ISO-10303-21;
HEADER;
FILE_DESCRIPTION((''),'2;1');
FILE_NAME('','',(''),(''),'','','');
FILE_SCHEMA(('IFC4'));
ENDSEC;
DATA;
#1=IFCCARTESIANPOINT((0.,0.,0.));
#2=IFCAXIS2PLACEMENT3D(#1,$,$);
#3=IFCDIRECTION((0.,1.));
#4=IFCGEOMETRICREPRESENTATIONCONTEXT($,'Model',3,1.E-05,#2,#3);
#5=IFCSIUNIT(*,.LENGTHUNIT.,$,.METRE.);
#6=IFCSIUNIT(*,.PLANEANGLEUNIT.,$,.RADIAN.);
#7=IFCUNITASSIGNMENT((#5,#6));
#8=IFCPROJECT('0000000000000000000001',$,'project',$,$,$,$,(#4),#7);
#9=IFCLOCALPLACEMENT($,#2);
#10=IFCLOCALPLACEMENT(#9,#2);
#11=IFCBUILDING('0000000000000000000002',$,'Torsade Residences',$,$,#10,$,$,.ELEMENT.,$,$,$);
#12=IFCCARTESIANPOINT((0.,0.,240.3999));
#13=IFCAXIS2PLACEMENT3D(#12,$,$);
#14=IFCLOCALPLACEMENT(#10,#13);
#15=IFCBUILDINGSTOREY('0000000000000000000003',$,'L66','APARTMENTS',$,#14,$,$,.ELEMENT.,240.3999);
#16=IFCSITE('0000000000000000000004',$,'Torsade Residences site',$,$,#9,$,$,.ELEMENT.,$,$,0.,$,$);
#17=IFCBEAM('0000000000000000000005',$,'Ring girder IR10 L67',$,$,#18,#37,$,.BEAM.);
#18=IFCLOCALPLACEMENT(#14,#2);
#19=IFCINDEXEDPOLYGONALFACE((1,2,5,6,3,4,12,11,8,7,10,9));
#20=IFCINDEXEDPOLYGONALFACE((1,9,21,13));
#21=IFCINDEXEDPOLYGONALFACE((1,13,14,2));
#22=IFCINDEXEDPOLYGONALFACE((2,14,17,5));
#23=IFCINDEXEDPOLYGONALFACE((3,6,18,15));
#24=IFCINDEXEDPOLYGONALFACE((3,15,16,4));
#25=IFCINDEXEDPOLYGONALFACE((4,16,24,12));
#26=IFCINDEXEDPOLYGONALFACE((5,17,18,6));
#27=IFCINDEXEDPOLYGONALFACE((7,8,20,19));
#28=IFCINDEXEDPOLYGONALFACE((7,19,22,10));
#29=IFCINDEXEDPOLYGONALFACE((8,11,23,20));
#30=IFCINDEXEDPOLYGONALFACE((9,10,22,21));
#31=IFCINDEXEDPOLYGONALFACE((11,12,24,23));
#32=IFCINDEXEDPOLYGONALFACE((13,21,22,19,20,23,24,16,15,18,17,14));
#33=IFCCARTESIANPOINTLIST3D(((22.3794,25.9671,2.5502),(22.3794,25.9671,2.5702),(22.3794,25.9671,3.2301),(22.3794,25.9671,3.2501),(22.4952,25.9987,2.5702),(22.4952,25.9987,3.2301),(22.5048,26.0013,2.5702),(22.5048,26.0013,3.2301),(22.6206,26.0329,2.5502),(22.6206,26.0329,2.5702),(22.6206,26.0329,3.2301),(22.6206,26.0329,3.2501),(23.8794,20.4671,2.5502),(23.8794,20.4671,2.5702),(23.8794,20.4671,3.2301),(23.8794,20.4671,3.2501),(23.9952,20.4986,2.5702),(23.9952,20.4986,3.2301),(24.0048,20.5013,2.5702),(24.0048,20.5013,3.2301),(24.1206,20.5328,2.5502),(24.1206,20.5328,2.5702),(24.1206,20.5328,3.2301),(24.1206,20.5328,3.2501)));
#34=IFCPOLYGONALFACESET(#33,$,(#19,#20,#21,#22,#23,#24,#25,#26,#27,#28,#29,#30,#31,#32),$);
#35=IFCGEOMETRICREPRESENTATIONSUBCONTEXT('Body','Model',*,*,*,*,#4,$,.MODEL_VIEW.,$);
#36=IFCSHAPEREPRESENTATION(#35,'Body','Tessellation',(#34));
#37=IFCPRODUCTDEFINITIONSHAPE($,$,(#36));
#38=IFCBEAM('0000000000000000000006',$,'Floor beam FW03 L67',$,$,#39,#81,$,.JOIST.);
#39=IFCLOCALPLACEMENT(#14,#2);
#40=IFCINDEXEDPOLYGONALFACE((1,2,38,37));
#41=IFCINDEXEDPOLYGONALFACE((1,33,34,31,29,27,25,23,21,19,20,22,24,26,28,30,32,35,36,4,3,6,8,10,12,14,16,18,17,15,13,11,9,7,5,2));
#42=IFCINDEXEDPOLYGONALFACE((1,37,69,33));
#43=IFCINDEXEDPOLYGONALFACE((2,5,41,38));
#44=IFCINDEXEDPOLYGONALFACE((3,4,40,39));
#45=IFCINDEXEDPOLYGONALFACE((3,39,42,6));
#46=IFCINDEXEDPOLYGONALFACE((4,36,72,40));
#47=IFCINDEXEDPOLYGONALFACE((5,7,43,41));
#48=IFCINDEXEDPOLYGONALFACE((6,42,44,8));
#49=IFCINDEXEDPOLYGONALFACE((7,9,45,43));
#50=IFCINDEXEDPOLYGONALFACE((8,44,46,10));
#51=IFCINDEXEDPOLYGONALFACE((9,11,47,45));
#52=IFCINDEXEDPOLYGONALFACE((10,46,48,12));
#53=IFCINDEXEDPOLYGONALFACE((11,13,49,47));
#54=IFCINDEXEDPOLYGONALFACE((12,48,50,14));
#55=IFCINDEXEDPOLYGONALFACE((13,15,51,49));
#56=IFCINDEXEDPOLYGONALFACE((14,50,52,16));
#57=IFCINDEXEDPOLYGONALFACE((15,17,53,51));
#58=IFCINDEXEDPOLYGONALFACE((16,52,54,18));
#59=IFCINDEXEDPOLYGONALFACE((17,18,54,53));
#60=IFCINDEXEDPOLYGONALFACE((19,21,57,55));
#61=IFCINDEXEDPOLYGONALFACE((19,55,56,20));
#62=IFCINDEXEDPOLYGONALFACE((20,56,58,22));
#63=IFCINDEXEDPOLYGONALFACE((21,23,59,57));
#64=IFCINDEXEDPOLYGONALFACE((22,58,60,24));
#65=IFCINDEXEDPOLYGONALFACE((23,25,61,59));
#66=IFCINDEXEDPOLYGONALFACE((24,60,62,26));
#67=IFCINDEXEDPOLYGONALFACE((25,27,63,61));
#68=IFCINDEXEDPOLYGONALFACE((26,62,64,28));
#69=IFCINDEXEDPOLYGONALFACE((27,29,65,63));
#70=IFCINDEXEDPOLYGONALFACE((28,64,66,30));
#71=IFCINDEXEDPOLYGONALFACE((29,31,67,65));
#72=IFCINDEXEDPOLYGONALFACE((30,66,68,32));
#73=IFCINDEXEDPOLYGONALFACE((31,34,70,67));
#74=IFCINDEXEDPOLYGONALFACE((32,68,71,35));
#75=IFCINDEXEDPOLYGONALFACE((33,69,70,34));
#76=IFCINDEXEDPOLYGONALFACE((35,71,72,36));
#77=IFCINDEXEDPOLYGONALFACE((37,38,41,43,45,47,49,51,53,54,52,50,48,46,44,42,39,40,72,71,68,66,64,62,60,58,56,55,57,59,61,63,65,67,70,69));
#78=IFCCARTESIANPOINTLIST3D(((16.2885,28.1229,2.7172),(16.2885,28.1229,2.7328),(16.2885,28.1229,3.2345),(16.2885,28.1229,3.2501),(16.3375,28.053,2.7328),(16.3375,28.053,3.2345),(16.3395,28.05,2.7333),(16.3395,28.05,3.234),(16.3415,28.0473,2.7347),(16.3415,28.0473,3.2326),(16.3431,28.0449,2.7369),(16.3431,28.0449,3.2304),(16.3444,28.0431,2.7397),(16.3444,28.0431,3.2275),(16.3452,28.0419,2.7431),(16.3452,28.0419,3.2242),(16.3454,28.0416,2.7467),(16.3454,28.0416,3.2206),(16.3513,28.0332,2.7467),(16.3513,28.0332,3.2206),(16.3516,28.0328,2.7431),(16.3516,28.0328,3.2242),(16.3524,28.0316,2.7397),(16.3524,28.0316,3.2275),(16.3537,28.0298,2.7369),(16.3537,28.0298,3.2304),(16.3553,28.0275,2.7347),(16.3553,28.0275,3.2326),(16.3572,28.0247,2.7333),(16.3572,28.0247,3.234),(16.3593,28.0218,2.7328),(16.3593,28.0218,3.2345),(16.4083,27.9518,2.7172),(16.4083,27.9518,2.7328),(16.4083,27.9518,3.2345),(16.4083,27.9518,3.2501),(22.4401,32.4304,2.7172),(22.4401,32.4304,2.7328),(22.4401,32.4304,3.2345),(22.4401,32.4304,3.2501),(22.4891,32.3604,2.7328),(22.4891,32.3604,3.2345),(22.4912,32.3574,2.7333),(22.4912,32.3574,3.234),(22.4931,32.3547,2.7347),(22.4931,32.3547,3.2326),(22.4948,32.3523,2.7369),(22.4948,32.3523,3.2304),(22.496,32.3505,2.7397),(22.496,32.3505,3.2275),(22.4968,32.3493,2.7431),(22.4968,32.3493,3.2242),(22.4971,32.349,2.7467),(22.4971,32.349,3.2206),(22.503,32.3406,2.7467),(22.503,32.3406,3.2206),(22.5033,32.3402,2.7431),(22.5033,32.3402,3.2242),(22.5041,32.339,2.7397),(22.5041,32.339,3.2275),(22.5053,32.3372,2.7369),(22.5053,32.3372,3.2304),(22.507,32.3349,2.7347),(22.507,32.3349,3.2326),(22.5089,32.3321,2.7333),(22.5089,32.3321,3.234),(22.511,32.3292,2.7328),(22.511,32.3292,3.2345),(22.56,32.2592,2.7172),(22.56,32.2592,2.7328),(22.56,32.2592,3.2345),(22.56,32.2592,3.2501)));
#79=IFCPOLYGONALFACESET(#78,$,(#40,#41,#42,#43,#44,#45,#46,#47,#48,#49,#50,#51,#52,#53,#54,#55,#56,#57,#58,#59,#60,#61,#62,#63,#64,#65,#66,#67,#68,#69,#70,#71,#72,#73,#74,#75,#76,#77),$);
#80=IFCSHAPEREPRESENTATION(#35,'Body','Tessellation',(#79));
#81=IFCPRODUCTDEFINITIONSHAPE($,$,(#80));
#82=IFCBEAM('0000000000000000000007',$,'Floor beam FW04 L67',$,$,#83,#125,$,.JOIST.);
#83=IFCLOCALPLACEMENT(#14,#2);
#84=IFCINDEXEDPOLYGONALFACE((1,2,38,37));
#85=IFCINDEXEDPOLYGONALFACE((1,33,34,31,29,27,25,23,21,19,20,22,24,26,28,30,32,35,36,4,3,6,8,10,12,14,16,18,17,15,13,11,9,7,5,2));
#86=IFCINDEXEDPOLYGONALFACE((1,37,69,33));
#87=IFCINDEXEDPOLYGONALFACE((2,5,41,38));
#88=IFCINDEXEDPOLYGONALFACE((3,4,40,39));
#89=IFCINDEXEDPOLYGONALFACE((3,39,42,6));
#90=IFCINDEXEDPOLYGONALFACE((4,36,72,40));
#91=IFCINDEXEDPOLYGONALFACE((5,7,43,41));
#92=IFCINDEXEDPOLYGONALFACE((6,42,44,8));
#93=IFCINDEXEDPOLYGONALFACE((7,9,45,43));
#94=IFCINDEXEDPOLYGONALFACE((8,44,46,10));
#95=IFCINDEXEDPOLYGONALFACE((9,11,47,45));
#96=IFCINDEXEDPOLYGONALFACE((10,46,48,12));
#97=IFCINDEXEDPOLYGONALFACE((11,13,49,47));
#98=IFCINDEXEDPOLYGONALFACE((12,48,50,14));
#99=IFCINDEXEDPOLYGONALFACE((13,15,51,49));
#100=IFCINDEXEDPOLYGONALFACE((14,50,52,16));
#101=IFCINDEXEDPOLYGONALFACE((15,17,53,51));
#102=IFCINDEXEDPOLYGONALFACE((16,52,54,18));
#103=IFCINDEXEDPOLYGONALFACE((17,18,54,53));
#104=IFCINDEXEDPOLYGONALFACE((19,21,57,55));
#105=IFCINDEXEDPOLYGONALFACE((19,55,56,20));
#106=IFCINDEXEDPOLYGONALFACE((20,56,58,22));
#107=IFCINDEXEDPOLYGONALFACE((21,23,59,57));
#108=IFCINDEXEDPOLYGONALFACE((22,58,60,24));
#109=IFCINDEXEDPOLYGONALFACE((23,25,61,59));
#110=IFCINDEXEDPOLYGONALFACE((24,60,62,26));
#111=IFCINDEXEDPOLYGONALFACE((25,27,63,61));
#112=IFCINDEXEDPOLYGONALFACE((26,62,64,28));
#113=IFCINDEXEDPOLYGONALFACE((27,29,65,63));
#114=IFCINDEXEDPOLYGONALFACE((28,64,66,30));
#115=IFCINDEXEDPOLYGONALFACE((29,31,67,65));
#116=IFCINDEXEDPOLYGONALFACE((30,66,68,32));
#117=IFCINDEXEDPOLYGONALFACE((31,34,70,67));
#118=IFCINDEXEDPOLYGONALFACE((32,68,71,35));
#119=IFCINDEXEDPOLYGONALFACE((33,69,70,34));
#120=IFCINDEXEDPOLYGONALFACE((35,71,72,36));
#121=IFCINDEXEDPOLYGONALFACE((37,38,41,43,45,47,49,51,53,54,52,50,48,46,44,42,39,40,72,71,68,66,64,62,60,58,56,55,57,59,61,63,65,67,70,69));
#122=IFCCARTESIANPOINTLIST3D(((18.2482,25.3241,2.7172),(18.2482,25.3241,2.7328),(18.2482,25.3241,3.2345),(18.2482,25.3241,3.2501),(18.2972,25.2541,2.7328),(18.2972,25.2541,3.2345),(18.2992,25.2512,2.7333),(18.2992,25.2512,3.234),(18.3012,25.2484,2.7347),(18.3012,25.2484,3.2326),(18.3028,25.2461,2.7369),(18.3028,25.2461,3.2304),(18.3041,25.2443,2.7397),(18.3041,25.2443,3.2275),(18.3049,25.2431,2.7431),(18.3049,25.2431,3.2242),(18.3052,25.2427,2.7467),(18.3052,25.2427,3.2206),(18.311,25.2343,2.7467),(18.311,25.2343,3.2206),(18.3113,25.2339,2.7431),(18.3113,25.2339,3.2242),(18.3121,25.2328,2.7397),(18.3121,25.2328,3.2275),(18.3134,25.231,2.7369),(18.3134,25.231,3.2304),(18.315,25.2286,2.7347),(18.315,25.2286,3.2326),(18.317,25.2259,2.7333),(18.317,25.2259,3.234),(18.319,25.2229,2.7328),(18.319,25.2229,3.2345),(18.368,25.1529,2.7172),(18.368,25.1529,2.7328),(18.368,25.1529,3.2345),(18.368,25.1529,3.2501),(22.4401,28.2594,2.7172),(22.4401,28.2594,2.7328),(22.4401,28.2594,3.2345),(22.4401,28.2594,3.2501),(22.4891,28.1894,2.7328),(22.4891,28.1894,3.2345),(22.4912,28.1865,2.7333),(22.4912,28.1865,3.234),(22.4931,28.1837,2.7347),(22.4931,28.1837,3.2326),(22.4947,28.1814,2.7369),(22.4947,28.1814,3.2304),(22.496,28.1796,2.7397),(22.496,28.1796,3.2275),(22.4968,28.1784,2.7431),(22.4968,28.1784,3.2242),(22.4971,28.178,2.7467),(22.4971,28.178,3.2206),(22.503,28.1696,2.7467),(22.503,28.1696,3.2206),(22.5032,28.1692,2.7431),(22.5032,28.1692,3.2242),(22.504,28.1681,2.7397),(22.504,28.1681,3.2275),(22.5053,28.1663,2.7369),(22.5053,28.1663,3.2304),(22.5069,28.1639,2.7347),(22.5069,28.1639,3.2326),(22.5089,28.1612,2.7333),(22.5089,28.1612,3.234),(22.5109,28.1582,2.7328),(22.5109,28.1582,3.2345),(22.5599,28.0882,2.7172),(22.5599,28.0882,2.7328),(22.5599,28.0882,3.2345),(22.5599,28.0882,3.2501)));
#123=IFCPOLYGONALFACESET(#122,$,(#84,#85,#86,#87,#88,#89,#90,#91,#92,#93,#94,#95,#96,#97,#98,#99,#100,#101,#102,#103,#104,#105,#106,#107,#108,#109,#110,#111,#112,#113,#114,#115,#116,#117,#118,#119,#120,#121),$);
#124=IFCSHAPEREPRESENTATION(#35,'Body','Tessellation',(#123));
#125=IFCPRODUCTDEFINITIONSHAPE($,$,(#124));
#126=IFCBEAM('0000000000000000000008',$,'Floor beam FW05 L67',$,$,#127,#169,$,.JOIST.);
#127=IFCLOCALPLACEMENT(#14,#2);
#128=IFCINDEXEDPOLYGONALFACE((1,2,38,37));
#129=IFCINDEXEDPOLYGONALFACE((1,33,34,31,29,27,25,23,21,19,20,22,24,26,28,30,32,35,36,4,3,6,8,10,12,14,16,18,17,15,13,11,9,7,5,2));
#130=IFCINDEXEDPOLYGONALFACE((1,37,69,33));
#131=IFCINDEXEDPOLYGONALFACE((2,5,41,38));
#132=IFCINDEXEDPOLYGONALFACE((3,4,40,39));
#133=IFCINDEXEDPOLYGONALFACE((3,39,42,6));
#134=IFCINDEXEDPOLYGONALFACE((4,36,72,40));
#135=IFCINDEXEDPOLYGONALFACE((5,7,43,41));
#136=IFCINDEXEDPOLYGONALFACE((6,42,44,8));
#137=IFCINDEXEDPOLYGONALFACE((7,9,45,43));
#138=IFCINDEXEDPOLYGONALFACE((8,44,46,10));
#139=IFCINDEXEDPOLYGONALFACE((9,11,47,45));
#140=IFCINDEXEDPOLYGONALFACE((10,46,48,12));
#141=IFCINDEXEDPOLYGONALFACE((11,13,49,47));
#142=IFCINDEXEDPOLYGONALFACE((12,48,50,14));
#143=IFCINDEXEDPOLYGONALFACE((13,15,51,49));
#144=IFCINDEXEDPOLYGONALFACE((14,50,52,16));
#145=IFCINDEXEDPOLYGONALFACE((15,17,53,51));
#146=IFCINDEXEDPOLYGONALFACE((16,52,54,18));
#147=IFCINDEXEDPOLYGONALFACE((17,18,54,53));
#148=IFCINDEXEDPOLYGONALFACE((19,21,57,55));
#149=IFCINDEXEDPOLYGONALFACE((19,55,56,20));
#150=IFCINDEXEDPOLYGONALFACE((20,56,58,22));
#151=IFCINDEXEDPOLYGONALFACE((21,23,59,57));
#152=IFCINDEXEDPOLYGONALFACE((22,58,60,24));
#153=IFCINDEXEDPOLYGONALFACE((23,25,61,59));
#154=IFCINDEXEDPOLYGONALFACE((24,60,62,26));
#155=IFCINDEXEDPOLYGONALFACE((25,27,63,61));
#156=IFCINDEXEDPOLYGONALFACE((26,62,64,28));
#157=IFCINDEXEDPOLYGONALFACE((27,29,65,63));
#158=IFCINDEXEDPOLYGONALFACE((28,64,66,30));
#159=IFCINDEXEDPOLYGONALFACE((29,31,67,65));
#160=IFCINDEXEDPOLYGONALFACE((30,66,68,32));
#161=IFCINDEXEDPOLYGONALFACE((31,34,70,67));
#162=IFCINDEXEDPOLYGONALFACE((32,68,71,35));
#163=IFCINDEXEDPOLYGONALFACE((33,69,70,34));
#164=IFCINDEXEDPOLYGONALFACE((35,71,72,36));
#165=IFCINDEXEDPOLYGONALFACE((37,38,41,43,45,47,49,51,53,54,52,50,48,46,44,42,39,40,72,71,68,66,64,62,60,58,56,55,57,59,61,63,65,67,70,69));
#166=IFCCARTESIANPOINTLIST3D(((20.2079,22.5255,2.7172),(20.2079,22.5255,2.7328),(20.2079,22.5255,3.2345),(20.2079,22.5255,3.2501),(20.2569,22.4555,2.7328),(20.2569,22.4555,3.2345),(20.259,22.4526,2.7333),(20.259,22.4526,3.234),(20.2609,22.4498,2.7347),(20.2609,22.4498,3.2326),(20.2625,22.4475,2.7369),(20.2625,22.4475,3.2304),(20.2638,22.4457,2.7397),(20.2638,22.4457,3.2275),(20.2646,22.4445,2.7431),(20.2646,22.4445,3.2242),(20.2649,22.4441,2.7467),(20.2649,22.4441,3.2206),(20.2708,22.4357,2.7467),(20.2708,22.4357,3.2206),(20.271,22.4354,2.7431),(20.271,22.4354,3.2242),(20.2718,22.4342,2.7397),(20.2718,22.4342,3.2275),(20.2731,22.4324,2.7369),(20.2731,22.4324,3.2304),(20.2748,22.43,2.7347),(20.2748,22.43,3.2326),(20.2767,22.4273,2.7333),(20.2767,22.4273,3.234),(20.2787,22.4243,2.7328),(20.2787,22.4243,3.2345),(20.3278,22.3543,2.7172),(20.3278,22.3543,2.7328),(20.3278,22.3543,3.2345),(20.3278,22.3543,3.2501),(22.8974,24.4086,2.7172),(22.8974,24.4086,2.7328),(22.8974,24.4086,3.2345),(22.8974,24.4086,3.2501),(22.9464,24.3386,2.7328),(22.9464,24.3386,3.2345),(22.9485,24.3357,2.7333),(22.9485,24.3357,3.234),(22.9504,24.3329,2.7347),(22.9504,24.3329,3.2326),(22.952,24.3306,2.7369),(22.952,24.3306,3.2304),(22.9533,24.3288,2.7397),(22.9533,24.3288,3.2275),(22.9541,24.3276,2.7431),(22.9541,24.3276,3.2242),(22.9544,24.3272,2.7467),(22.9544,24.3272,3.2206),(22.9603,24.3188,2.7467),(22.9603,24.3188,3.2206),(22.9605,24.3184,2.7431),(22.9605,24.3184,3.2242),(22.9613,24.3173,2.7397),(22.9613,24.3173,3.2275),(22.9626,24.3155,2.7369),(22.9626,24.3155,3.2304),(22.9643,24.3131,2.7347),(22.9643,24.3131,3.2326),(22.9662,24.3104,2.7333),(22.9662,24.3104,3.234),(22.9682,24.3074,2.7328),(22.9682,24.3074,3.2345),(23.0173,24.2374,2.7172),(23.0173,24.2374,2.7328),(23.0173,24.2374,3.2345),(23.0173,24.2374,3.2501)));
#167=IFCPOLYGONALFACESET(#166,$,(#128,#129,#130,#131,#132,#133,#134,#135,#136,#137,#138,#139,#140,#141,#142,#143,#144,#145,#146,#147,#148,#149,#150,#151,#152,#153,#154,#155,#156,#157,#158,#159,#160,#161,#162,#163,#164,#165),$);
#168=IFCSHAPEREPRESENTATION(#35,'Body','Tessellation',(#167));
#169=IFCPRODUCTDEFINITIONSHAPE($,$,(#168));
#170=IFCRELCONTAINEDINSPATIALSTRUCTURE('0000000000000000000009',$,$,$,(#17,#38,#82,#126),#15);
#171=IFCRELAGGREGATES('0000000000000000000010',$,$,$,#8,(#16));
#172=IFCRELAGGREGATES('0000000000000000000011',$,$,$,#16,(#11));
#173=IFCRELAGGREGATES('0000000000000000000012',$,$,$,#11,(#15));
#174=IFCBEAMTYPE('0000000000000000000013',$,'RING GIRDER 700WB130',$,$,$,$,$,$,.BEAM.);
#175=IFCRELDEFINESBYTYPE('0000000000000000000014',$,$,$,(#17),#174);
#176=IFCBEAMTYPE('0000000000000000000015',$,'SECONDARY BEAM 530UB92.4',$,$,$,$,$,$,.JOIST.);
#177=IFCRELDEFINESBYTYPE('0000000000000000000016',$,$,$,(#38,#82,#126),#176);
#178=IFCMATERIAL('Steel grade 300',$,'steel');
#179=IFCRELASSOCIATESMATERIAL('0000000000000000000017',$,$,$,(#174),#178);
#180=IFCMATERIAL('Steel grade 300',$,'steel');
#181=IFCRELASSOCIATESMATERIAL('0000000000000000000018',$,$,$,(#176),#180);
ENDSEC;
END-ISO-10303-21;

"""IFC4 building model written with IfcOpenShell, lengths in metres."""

from ifc_helpers import new_model, si_unit, direction, frame, origin, origin_2d, place, context, subcontext, project, spatial, i_section, extrude, material, material_profile, profile_set, type_object, element, save


model = new_model("IFC4")

# Units and contexts
model_context = context("Model", 3, precision=1e-05, world=origin(), true_north=direction((0.0, 1.0)))
body_context = subcontext(model_context, "Body", "Model", "MODEL_VIEW")
ifc_project = project(units=[si_unit("LENGTHUNIT", "METRE"), si_unit("PLANEANGLEUNIT", "RADIAN")], contexts=[model_context])

# Site, building, storey
site_placement = place(None, origin())
site = spatial("IfcSite", under=ifc_project, at=site_placement, Name="Torsade Residences site", CompositionType="ELEMENT", RefElevation=0.0)
building_placement = place(site_placement, origin())
building = spatial("IfcBuilding", under=site, at=building_placement, Name="Torsade Residences", CompositionType="ELEMENT")
storey_placement = place(building_placement, frame((0.0, 0.0, 240.3999)))
storey = spatial("IfcBuildingStorey", under=building, at=storey_placement, Name="L66", Description="APARTMENTS", CompositionType="ELEMENT", Elevation=240.3999)

# Beams
ifc_material_1 = material(Name="Steel grade 300", Category="steel")
ifc_material_profile_1 = material_profile(ifc_material_1, i_section(OverallWidth=0.25, OverallDepth=0.7, WebThickness=0.01, FlangeThickness=0.02, at=origin_2d()), Name="700WB130")
ifc_profile_set_1 = profile_set([ifc_material_profile_1], Name="Steel grade 300")
beam_type_1 = type_object("IfcBeamType", Name="RING GIRDER 700WB130", PredefinedType="BEAM", material=ifc_profile_set_1)
beam_1_placement = place(storey_placement, frame((22.5, 26.0, 2.9001), z_axis=(0.263117, -0.964764, 0.0), x_axis=(0.964764, 0.263117, 0.0)))
element("IfcBeam", 1, at=beam_1_placement, inside=storey, type_object=beam_type_1, Name="Ring girder IR10 L67", PredefinedType="BEAM", context=body_context, shape_type="SweptSolid", body=[
    extrude(i_section(OverallWidth=0.25, OverallDepth=0.7, WebThickness=0.01, FlangeThickness=0.02, at=origin_2d()), origin(), (0.0, 0.0, 1.0), 5.7009),
])
ifc_material_2 = material(Name="Steel grade 300", Category="steel")
ifc_material_profile_2 = material_profile(ifc_material_2, i_section(OverallWidth=0.209, OverallDepth=0.533, WebThickness=0.0103, FlangeThickness=0.0156, FilletRadius=0.0139, at=origin_2d()), Name="530UB92.4")
ifc_profile_set_2 = profile_set([ifc_material_profile_2], Name="Steel grade 300")
beam_type_2 = type_object("IfcBeamType", Name="SECONDARY BEAM 530UB92.4", PredefinedType="JOIST", material=ifc_profile_set_2)
beam_2_placement = place(storey_placement, frame((16.3484, 28.0374, 2.9836), z_axis=(0.819154, 0.573574, 0.0), x_axis=(-0.573574, 0.819154, 0.0)))
element("IfcBeam", 2, at=beam_2_placement, inside=storey, type_object=beam_type_2, Name="Floor beam FW03 L67", PredefinedType="JOIST", context=body_context, shape_type="SweptSolid", body=[
    extrude(i_section(OverallWidth=0.209, OverallDepth=0.533, WebThickness=0.0103, FlangeThickness=0.0156, FilletRadius=0.0139, at=origin_2d()), origin(), (0.0, 0.0, 1.0), 7.5098),
])
beam_3_placement = place(storey_placement, frame((18.3081, 25.2385, 2.9836), z_axis=(0.819142, 0.57359, 0.0), x_axis=(-0.57359, 0.819142, 0.0)))
element("IfcBeam", 3, at=beam_3_placement, inside=storey, type_object=beam_type_2, Name="Floor beam FW04 L67", PredefinedType="JOIST", context=body_context, shape_type="SweptSolid", body=[
    extrude(i_section(OverallWidth=0.209, OverallDepth=0.533, WebThickness=0.0103, FlangeThickness=0.0156, FilletRadius=0.0139, at=origin_2d()), origin(), (0.0, 0.0, 1.0), 5.1174),
])
beam_4_placement = place(storey_placement, frame((20.2678, 22.4399, 2.9836), z_axis=(0.819169, 0.573552, 0.0), x_axis=(-0.573552, 0.819169, 0.0)))
element("IfcBeam", 4, at=beam_4_placement, inside=storey, type_object=beam_type_2, Name="Floor beam FW05 L67", PredefinedType="JOIST", context=body_context, shape_type="SweptSolid", body=[
    extrude(i_section(OverallWidth=0.209, OverallDepth=0.533, WebThickness=0.0103, FlangeThickness=0.0156, FilletRadius=0.0139, at=origin_2d()), origin(), (0.0, 0.0, 1.0), 3.2832),
])

save(model, "model.ifc")
